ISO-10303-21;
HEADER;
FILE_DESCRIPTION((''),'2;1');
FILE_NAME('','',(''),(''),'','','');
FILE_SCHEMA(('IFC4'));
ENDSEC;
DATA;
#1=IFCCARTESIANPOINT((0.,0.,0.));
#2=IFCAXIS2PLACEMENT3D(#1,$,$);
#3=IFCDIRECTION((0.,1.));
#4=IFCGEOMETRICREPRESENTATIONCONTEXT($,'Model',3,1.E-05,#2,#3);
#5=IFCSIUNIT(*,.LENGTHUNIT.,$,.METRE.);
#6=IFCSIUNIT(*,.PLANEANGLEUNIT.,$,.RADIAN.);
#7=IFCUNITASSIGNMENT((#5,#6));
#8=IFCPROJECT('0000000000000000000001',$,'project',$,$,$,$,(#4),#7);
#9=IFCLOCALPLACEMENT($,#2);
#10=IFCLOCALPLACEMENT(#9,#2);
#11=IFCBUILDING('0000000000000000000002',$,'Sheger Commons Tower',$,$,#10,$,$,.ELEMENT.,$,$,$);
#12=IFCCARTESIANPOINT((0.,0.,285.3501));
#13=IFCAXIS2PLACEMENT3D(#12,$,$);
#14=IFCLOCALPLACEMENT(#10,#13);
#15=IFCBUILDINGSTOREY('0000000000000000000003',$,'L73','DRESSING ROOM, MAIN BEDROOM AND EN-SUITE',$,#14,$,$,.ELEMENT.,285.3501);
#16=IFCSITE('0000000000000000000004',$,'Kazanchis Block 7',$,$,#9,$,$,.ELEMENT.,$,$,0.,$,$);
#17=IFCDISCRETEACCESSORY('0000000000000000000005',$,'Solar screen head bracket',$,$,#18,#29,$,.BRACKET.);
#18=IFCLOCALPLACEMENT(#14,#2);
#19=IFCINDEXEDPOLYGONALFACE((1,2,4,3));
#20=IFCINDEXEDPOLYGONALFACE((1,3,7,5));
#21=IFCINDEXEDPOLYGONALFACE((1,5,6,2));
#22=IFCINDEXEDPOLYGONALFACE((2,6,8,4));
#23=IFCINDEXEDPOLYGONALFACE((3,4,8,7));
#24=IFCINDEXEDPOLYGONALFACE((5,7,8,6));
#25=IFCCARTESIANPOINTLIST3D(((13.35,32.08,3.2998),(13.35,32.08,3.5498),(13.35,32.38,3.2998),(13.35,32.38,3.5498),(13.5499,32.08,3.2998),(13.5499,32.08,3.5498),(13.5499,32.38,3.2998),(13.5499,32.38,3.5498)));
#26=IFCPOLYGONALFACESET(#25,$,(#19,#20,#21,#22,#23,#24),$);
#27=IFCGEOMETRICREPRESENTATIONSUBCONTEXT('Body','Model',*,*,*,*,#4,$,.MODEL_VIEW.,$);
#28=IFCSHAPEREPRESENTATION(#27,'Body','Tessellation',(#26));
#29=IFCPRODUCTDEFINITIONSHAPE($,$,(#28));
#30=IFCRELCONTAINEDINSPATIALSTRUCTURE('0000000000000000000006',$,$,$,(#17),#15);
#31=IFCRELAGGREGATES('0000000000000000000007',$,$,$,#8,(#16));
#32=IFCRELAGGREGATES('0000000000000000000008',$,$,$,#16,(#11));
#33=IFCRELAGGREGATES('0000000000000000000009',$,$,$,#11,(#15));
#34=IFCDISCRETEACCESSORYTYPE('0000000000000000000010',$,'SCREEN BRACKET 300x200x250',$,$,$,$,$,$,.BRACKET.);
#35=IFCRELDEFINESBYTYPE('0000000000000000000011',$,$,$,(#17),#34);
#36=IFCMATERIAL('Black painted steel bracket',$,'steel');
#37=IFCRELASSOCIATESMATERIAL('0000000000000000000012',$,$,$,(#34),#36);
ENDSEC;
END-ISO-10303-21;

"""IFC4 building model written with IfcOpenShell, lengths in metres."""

from ifc_helpers import new_model, si_unit, direction, frame, origin, origin_2d, place, context, subcontext, project, spatial, rectangle, extrude, material, type_object, element, save


model = new_model("IFC4")

# Units and contexts
model_context = context("Model", 3, precision=1e-05, world=origin(), true_north=direction((0.0, 1.0)))
body_context = subcontext(model_context, "Body", "Model", "MODEL_VIEW")
ifc_project = project(units=[si_unit("LENGTHUNIT", "METRE"), si_unit("PLANEANGLEUNIT", "RADIAN")], contexts=[model_context])

# Site, building, storey
site_placement = place(None, origin())
site = spatial("IfcSite", under=ifc_project, at=site_placement, Name="Kazanchis Block 7", CompositionType="ELEMENT", RefElevation=0.0)
building_placement = place(site_placement, origin())
building = spatial("IfcBuilding", under=site, at=building_placement, Name="Sheger Commons Tower", CompositionType="ELEMENT")
storey_placement = place(building_placement, frame((0.0, 0.0, 285.3501)))
storey = spatial("IfcBuildingStorey", under=building, at=storey_placement, Name="L73", Description="DRESSING ROOM, MAIN BEDROOM AND EN-SUITE", CompositionType="ELEMENT", Elevation=285.3501)

# Discrete accessory
ifc_material_1 = material(Name="Black painted steel bracket", Category="steel")
discrete_accessory_type = type_object("IfcDiscreteAccessoryType", Name="SCREEN BRACKET 300x200x250", PredefinedType="BRACKET", material=ifc_material_1)
for number, where, z_axis, x_axis, name in (
    (1, (13.45, 32.23, 3.2998), (0.0, 0.0, 1.0), (0.0, -1.0, 0.0), "Solar screen head bracket"),
):
    element("IfcDiscreteAccessory", number, at=place(storey_placement, frame(where, z_axis=z_axis, x_axis=x_axis)), inside=storey, type_object=discrete_accessory_type, Name=name, PredefinedType="BRACKET", context=body_context, shape_type="SweptSolid", body=[
        extrude(rectangle(XDim=0.3, YDim=0.2, at=origin_2d()), origin(), (0.0, 0.0, 1.0), 0.25),
    ])

save(model, "model.ifc")
